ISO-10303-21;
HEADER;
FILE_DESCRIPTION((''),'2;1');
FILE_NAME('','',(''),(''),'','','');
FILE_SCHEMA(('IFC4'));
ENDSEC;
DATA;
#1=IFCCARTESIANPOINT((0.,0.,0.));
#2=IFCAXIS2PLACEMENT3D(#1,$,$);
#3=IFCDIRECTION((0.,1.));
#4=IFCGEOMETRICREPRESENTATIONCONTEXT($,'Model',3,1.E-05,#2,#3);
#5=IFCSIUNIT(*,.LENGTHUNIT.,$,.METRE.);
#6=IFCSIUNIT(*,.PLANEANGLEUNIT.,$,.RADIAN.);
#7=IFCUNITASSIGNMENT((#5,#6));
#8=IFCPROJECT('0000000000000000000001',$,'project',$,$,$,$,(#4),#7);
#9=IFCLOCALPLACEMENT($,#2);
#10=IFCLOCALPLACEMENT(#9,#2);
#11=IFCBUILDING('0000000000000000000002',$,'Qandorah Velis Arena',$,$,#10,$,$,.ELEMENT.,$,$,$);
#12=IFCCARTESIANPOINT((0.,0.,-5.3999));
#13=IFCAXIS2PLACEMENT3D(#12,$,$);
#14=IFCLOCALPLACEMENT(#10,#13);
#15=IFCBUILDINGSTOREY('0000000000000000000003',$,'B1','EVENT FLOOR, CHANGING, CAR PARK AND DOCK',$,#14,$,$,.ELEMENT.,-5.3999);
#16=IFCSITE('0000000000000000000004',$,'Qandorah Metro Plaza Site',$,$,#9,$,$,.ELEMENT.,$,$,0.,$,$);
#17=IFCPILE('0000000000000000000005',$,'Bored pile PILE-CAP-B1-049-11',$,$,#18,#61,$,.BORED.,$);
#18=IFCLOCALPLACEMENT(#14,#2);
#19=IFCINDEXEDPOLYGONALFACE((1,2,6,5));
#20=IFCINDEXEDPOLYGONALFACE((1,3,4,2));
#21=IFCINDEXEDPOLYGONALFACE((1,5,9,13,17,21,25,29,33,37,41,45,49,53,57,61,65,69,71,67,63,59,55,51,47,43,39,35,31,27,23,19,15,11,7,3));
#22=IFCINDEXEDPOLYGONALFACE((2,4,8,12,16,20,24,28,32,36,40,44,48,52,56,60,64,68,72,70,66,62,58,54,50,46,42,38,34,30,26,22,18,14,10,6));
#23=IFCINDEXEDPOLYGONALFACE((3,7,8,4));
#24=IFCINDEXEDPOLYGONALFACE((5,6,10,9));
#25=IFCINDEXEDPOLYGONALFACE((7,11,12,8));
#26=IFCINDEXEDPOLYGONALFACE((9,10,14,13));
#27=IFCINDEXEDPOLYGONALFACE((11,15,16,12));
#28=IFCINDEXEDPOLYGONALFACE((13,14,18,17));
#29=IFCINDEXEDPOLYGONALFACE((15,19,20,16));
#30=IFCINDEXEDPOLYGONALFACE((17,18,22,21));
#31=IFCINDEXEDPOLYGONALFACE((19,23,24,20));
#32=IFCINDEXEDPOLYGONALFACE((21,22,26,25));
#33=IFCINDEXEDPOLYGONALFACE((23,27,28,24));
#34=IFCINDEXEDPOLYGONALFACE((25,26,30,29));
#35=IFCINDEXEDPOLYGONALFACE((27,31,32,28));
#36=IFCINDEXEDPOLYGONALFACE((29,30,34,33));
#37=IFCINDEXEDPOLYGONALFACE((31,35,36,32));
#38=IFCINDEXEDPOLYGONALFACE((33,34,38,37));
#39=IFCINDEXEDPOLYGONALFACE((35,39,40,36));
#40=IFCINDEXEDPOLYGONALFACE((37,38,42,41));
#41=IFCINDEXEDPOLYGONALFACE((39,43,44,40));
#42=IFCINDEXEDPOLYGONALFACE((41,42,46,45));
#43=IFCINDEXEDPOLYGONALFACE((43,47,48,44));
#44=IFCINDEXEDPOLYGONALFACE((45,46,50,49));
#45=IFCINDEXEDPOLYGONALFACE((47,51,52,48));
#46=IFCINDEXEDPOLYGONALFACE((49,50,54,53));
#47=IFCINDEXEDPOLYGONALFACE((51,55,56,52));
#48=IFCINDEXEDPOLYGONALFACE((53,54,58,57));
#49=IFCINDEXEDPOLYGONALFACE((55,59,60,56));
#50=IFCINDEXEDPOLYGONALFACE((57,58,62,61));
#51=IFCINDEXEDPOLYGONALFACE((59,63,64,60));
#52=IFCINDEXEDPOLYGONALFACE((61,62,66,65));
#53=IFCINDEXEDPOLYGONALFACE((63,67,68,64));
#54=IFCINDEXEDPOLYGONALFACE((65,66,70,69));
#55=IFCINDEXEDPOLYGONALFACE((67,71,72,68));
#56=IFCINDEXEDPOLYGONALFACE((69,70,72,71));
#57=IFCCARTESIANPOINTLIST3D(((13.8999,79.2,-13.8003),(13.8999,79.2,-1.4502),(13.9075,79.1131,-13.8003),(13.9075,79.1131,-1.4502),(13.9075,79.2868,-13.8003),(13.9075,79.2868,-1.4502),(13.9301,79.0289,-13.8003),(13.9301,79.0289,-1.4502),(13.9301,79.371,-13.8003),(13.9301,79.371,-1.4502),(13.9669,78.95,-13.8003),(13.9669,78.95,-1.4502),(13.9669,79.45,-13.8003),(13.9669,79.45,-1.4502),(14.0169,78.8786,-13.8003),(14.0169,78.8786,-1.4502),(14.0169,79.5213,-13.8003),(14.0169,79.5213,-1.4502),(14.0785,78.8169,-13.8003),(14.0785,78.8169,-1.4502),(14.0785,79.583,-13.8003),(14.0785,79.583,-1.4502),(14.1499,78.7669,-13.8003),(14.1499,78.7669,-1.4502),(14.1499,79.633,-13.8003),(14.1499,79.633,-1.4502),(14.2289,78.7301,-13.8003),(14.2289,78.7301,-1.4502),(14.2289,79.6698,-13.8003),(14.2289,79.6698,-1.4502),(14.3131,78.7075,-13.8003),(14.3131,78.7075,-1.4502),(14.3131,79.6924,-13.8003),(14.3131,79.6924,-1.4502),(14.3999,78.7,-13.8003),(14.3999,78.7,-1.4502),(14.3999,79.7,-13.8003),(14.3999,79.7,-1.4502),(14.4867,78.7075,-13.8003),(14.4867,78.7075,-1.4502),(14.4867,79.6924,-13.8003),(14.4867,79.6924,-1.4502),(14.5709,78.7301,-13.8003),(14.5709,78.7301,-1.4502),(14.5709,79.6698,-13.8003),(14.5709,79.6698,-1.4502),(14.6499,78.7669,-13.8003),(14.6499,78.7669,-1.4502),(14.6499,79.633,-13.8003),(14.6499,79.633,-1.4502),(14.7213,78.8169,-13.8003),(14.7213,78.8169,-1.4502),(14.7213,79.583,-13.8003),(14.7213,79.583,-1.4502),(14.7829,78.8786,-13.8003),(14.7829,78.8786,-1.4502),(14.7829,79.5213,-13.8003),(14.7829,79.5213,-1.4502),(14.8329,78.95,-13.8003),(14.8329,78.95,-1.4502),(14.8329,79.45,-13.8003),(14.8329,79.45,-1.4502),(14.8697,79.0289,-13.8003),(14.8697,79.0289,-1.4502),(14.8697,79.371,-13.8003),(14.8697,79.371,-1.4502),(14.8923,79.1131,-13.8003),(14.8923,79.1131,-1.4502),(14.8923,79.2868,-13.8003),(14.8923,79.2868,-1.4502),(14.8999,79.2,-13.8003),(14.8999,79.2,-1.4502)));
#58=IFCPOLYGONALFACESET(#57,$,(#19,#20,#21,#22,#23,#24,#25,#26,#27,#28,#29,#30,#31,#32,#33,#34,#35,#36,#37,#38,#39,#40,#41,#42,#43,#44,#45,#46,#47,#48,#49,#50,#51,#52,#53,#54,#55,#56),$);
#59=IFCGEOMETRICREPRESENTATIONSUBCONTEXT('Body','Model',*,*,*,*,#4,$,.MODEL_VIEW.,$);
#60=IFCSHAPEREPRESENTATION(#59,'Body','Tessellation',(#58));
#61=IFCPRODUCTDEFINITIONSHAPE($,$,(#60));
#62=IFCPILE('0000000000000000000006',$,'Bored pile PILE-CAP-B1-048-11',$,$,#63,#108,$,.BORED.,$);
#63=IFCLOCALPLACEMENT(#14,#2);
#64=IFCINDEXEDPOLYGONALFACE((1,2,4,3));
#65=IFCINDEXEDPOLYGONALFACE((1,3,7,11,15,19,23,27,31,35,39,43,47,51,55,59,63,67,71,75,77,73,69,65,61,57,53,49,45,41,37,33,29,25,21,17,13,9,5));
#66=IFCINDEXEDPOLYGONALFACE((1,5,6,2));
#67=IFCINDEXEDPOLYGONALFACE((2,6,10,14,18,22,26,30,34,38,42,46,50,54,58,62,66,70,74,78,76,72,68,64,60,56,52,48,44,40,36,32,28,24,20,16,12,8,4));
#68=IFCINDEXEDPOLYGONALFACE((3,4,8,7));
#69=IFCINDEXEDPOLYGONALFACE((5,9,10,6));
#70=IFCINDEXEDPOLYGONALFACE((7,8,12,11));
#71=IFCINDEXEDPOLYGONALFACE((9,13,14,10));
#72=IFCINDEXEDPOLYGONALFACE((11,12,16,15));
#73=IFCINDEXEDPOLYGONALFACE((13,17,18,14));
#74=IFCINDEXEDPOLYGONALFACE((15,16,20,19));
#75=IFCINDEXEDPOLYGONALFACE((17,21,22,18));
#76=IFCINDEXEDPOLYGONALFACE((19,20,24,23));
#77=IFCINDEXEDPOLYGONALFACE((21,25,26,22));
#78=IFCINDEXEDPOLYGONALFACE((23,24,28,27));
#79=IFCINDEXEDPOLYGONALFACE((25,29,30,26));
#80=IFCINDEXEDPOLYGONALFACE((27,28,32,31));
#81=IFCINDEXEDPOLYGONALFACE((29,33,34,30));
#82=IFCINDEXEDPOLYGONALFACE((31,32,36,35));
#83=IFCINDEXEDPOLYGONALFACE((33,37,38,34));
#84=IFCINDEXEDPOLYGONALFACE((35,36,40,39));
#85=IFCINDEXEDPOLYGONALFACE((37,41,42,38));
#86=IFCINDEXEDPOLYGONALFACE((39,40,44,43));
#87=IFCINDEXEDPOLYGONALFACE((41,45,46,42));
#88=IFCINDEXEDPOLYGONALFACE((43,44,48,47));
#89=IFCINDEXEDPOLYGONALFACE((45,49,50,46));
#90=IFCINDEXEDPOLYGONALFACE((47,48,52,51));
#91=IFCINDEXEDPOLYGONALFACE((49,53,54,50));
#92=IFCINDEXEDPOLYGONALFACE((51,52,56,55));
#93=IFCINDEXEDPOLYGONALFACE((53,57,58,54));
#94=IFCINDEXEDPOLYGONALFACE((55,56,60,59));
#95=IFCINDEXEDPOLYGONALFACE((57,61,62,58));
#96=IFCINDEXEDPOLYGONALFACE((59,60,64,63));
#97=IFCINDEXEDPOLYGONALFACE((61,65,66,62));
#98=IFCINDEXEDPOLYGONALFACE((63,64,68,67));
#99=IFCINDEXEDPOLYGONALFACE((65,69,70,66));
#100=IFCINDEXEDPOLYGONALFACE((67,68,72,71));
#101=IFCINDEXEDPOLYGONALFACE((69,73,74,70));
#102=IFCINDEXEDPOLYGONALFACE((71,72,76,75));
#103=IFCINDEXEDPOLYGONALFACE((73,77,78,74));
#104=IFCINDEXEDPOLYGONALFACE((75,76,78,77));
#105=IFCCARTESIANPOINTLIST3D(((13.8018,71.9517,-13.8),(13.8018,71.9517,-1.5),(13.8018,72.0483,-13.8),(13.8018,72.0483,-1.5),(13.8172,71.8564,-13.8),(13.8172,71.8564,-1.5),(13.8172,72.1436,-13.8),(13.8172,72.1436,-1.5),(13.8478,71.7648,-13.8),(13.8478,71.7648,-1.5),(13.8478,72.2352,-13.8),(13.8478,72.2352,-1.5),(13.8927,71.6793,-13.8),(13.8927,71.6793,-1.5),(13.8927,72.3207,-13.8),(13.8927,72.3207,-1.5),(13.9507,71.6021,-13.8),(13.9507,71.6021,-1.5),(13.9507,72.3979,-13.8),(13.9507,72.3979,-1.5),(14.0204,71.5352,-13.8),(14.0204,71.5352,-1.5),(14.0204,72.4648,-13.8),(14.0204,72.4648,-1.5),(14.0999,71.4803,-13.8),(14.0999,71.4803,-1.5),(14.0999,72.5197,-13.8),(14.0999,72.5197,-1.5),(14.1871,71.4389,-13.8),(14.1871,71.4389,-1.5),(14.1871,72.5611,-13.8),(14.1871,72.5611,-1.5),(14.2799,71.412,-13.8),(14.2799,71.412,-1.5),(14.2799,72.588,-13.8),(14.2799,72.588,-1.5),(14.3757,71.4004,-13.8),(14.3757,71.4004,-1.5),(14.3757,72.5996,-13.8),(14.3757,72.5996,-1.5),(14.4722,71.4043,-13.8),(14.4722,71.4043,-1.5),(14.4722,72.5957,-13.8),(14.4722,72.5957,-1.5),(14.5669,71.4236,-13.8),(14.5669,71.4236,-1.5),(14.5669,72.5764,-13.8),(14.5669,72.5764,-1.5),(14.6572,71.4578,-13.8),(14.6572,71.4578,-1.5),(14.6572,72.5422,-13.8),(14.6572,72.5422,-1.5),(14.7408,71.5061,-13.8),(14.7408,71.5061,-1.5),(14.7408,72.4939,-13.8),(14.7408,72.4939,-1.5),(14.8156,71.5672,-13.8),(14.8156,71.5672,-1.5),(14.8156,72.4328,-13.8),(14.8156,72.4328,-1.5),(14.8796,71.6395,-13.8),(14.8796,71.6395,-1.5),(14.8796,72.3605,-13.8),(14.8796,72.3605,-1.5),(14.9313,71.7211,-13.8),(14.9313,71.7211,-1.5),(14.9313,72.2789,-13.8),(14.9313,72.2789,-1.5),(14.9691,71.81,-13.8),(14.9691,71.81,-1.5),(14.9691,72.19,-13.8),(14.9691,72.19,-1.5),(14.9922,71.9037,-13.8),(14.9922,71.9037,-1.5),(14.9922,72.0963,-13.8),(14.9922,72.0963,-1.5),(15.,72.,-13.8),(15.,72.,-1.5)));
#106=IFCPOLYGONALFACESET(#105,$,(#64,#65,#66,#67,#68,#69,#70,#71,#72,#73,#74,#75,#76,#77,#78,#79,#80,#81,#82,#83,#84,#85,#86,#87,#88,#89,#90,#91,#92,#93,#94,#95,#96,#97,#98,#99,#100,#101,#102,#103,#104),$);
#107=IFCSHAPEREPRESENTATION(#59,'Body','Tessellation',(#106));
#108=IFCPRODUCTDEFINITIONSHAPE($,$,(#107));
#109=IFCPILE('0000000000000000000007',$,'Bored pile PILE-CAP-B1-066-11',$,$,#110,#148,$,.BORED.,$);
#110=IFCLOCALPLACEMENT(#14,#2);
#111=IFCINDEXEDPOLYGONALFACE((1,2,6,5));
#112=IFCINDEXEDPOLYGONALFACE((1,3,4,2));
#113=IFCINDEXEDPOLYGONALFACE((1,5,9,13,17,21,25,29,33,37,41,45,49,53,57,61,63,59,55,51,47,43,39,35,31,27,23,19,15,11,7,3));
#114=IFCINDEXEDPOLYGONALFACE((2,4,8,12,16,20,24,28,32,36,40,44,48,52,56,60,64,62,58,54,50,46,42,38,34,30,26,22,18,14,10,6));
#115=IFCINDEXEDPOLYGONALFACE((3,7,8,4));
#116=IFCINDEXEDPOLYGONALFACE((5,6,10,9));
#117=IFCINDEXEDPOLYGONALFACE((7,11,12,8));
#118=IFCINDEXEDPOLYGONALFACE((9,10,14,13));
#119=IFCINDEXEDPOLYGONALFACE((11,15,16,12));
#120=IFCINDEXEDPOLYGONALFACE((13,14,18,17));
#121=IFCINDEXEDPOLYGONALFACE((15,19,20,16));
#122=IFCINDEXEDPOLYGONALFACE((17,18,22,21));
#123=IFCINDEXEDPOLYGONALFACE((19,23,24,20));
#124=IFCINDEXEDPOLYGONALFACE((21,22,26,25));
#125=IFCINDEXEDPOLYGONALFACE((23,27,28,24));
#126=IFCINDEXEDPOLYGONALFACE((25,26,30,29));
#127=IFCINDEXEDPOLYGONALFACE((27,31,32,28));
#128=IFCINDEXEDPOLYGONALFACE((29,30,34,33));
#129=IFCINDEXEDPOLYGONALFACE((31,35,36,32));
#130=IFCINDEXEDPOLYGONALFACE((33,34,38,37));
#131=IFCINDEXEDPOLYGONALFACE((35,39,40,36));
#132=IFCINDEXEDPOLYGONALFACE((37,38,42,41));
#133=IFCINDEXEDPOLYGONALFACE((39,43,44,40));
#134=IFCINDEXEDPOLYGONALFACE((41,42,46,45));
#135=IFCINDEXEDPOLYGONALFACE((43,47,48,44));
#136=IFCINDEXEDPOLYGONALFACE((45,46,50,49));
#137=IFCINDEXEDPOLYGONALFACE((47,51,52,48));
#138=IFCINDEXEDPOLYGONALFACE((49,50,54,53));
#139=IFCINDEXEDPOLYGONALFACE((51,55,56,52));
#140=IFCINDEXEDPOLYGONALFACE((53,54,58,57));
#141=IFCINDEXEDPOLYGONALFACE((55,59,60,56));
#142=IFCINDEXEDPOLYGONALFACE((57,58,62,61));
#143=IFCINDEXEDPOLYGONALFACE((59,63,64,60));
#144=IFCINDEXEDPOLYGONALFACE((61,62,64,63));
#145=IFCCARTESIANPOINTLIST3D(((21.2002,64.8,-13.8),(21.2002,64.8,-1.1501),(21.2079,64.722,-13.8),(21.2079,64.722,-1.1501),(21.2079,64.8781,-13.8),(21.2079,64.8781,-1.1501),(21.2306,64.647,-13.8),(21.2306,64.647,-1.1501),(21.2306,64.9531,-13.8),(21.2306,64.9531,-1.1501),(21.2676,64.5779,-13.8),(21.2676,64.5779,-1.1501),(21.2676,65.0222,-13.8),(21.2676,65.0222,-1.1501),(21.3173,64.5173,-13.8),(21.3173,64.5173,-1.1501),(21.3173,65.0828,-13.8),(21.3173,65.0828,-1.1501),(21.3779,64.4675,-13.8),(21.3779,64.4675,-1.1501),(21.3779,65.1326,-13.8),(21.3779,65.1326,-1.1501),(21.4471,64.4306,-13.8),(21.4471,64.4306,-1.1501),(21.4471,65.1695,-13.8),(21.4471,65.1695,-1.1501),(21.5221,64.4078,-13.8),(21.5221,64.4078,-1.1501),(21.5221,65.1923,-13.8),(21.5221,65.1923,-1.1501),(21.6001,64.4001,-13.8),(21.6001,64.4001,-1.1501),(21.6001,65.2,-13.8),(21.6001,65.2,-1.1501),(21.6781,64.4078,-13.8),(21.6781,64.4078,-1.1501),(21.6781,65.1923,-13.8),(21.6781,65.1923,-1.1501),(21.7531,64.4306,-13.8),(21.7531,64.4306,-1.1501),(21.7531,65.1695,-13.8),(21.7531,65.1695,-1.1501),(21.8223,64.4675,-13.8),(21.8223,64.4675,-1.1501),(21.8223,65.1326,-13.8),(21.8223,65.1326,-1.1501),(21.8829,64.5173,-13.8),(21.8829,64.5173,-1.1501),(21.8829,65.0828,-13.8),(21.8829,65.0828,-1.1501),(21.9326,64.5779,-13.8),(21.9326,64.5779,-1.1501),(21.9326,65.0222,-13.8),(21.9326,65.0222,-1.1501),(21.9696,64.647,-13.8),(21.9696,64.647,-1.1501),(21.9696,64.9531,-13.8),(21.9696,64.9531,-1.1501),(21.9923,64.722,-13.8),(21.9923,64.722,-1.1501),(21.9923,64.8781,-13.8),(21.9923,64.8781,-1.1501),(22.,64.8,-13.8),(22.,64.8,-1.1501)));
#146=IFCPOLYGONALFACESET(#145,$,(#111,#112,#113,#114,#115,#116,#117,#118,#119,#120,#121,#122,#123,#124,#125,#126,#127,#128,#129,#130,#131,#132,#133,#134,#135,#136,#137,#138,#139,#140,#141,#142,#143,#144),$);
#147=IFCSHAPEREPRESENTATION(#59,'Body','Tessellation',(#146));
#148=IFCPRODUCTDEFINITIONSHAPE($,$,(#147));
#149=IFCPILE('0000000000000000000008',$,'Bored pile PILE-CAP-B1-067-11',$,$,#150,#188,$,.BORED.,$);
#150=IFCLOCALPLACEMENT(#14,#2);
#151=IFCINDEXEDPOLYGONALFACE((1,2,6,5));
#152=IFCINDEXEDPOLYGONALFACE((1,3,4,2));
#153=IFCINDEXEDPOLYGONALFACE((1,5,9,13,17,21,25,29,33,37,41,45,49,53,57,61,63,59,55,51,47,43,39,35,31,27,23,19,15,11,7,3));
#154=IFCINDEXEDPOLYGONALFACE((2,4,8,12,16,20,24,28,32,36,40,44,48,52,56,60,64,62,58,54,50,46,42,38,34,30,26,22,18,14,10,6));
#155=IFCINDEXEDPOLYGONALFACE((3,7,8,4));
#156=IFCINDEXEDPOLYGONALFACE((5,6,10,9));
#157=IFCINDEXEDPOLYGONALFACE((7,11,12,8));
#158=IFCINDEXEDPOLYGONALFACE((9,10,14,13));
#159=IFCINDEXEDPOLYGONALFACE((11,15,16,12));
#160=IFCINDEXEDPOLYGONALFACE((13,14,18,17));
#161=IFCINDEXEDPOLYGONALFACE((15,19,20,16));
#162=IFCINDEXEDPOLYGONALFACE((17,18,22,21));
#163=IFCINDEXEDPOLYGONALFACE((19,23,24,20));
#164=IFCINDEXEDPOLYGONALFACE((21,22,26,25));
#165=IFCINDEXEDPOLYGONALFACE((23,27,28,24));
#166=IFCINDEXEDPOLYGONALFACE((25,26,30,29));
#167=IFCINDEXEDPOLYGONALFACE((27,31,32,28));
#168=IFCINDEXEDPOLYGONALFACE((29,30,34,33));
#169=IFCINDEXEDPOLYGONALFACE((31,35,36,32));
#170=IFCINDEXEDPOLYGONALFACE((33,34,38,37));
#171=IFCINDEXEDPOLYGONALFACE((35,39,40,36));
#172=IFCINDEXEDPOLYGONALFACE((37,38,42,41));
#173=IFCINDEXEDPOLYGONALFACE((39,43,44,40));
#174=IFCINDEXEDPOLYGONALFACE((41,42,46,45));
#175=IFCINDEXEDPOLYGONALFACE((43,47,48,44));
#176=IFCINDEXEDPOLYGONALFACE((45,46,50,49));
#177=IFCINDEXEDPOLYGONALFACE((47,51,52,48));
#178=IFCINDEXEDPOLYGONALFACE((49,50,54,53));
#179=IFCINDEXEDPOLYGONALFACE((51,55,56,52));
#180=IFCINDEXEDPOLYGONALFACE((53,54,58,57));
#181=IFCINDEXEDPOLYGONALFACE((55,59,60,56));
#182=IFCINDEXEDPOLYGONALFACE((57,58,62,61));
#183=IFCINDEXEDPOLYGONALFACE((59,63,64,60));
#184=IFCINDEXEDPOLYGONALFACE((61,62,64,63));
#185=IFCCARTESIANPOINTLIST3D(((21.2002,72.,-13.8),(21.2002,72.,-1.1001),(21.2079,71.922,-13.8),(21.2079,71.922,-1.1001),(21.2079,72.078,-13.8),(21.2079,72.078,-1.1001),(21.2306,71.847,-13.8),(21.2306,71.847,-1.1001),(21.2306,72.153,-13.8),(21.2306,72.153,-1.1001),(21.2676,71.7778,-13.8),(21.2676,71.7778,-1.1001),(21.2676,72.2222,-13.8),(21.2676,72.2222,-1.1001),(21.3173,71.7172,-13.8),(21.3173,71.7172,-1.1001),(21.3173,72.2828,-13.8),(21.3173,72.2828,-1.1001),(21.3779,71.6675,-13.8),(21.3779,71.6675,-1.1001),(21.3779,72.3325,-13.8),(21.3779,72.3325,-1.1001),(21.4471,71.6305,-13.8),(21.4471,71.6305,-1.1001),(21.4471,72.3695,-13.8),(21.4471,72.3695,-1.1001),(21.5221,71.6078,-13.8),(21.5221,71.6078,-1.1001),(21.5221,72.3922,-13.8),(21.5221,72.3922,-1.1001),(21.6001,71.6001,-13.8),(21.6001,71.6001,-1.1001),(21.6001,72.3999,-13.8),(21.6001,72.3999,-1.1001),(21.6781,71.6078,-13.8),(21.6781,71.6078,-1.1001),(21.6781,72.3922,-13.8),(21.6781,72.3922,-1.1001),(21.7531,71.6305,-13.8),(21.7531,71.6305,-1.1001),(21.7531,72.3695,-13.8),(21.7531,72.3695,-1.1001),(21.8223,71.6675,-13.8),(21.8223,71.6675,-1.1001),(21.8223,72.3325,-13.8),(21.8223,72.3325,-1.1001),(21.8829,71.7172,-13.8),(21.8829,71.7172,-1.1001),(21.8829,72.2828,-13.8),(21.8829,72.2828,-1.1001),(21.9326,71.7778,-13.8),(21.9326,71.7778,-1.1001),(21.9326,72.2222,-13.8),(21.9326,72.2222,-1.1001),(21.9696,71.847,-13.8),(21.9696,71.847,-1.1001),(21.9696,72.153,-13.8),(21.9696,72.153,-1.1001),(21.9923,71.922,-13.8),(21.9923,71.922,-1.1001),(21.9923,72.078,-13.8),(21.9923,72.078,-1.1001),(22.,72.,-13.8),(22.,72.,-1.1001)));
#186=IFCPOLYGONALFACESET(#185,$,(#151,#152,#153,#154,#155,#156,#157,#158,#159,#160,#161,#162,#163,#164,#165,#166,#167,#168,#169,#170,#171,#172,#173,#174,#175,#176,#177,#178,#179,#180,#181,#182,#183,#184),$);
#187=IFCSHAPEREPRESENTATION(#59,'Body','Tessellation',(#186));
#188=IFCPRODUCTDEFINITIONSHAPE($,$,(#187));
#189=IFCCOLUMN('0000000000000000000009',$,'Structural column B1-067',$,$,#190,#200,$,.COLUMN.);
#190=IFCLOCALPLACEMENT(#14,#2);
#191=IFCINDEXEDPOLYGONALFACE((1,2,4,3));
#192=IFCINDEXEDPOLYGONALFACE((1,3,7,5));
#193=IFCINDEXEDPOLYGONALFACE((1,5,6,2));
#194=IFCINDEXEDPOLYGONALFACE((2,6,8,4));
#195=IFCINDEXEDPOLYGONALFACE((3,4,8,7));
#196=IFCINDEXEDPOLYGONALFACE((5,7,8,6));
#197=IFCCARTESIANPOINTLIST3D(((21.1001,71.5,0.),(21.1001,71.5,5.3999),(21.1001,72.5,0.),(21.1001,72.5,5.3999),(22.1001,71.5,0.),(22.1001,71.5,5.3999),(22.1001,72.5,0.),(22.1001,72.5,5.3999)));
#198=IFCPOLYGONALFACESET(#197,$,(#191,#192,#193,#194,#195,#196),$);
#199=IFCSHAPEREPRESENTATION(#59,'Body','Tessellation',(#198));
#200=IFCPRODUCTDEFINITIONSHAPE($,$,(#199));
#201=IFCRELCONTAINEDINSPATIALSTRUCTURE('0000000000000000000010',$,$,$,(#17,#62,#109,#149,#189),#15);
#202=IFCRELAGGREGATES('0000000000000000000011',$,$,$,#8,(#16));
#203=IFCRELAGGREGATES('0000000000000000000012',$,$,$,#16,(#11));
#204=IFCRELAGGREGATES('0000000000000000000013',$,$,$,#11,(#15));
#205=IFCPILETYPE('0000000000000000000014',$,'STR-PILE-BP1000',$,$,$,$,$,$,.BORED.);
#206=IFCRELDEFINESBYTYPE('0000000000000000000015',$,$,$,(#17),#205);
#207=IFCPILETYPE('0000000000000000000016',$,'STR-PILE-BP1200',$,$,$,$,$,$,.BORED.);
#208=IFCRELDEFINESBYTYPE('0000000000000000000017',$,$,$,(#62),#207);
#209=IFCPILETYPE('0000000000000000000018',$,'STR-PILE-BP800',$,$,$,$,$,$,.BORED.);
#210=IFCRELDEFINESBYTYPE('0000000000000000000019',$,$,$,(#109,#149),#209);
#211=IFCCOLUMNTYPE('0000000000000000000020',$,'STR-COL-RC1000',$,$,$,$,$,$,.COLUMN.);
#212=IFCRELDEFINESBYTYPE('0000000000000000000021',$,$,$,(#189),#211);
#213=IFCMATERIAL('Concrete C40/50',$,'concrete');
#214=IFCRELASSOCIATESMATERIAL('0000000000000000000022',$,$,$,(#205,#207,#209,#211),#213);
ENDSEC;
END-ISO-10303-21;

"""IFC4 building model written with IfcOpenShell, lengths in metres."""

from ifc_helpers import new_model, si_unit, direction, frame, origin, origin_2d, place, context, subcontext, project, spatial, rectangle, circle, extrude, material, material_profile, profile_set, type_object, element, save


model = new_model("IFC4")

# Units and contexts
model_context = context("Model", 3, precision=1e-05, world=origin(), true_north=direction((0.0, 1.0)))
body_context = subcontext(model_context, "Body", "Model", "MODEL_VIEW")
ifc_project = project(units=[si_unit("LENGTHUNIT", "METRE"), si_unit("PLANEANGLEUNIT", "RADIAN")], contexts=[model_context])

# Site, building, storey
site_placement = place(None, origin())
site = spatial("IfcSite", under=ifc_project, at=site_placement, Name="Qandorah Metro Plaza Site", CompositionType="ELEMENT", RefElevation=0.0)
building_placement = place(site_placement, origin())
building = spatial("IfcBuilding", under=site, at=building_placement, Name="Qandorah Velis Arena", CompositionType="ELEMENT")
storey_placement = place(building_placement, frame((0.0, 0.0, -5.3999)))
storey = spatial("IfcBuildingStorey", under=building, at=storey_placement, Name="B1", Description="EVENT FLOOR, CHANGING, CAR PARK AND DOCK", CompositionType="ELEMENT", Elevation=-5.3999)

# Shared definitions
ifc_material = material(Name="Concrete C40/50", Category="concrete")

# Piles
ifc_material_profile_1 = material_profile(ifc_material, circle(Radius=0.5, at=origin_2d()), Name="BORED PILE D1000")
ifc_profile_set_1 = profile_set([ifc_material_profile_1], Name="Concrete C40/50")
pile_type_1 = type_object("IfcPileType", Name="STR-PILE-BP1000", PredefinedType="BORED", material=ifc_profile_set_1)
pile_1_placement = place(storey_placement, frame((14.3999, 79.2, -1.4502), z_axis=(0.0, 0.0, -1.0), x_axis=(1.0, 0.0, 0.0)))
element("IfcPile", 1, at=pile_1_placement, inside=storey, type_object=pile_type_1, Name="Bored pile PILE-CAP-B1-049-11", PredefinedType="BORED", context=body_context, shape_type="SweptSolid", body=[
    extrude(circle(Radius=0.5, at=origin_2d()), origin(), (0.0, 0.0, 1.0), 12.3501),
])
ifc_material_profile_2 = material_profile(ifc_material, circle(Radius=0.6001, at=origin_2d()), Name="BORED PILE D1200")
ifc_profile_set_2 = profile_set([ifc_material_profile_2], Name="Concrete C40/50")
pile_type_2 = type_object("IfcPileType", Name="STR-PILE-BP1200", PredefinedType="BORED", material=ifc_profile_set_2)
pile_2_placement = place(storey_placement, frame((14.3999, 72.0, -1.5), z_axis=(0.0, 0.0, -1.0), x_axis=(1.0, 0.0, 0.0)))
element("IfcPile", 2, at=pile_2_placement, inside=storey, type_object=pile_type_2, Name="Bored pile PILE-CAP-B1-048-11", PredefinedType="BORED", context=body_context, shape_type="SweptSolid", body=[
    extrude(circle(Radius=0.6001, at=origin_2d()), origin(), (0.0, 0.0, 1.0), 12.3),
])
ifc_material_profile_3 = material_profile(ifc_material, circle(Radius=0.3999, at=origin_2d()), Name="BORED PILE D800")
ifc_profile_set_3 = profile_set([ifc_material_profile_3], Name="Concrete C40/50")
pile_type_3 = type_object("IfcPileType", Name="STR-PILE-BP800", PredefinedType="BORED", material=ifc_profile_set_3)
pile_3_placement = place(storey_placement, frame((21.6001, 64.8, -1.1501), z_axis=(0.0, 0.0, -1.0), x_axis=(1.0, 0.0, 0.0)))
element("IfcPile", 3, at=pile_3_placement, inside=storey, type_object=pile_type_3, Name="Bored pile PILE-CAP-B1-066-11", PredefinedType="BORED", context=body_context, shape_type="SweptSolid", body=[
    extrude(circle(Radius=0.3999, at=origin_2d()), origin(), (0.0, 0.0, 1.0), 12.6499),
])
pile_4_placement = place(storey_placement, frame((21.6001, 72.0, -1.1001), z_axis=(0.0, 0.0, -1.0), x_axis=(1.0, 0.0, 0.0)))
element("IfcPile", 4, at=pile_4_placement, inside=storey, type_object=pile_type_3, Name="Bored pile PILE-CAP-B1-067-11", PredefinedType="BORED", context=body_context, shape_type="SweptSolid", body=[
    extrude(circle(Radius=0.3999, at=origin_2d()), origin(), (0.0, 0.0, 1.0), 12.7),
])

# Column
ifc_material_profile_4 = material_profile(ifc_material, rectangle(XDim=1.0, YDim=1.0, at=origin_2d()), Name="RC COL 1000x1000")
ifc_profile_set_4 = profile_set([ifc_material_profile_4], Name="Concrete C40/50")
column_type_1 = type_object("IfcColumnType", Name="STR-COL-RC1000", PredefinedType="COLUMN", material=ifc_profile_set_4)
column_1_placement = place(storey_placement, frame((21.6001, 72.0, 0.0), z_axis=(0.0, 0.0, 1.0), x_axis=(1.0, 0.0, 0.0)))
element("IfcColumn", 5, at=column_1_placement, inside=storey, type_object=column_type_1, Name="Structural column B1-067", PredefinedType="COLUMN", context=body_context, shape_type="SweptSolid", body=[
    extrude(rectangle(XDim=1.0, YDim=1.0, at=origin_2d()), origin(), (0.0, 0.0, 1.0), 5.3999),
])

save(model, "model.ifc")
